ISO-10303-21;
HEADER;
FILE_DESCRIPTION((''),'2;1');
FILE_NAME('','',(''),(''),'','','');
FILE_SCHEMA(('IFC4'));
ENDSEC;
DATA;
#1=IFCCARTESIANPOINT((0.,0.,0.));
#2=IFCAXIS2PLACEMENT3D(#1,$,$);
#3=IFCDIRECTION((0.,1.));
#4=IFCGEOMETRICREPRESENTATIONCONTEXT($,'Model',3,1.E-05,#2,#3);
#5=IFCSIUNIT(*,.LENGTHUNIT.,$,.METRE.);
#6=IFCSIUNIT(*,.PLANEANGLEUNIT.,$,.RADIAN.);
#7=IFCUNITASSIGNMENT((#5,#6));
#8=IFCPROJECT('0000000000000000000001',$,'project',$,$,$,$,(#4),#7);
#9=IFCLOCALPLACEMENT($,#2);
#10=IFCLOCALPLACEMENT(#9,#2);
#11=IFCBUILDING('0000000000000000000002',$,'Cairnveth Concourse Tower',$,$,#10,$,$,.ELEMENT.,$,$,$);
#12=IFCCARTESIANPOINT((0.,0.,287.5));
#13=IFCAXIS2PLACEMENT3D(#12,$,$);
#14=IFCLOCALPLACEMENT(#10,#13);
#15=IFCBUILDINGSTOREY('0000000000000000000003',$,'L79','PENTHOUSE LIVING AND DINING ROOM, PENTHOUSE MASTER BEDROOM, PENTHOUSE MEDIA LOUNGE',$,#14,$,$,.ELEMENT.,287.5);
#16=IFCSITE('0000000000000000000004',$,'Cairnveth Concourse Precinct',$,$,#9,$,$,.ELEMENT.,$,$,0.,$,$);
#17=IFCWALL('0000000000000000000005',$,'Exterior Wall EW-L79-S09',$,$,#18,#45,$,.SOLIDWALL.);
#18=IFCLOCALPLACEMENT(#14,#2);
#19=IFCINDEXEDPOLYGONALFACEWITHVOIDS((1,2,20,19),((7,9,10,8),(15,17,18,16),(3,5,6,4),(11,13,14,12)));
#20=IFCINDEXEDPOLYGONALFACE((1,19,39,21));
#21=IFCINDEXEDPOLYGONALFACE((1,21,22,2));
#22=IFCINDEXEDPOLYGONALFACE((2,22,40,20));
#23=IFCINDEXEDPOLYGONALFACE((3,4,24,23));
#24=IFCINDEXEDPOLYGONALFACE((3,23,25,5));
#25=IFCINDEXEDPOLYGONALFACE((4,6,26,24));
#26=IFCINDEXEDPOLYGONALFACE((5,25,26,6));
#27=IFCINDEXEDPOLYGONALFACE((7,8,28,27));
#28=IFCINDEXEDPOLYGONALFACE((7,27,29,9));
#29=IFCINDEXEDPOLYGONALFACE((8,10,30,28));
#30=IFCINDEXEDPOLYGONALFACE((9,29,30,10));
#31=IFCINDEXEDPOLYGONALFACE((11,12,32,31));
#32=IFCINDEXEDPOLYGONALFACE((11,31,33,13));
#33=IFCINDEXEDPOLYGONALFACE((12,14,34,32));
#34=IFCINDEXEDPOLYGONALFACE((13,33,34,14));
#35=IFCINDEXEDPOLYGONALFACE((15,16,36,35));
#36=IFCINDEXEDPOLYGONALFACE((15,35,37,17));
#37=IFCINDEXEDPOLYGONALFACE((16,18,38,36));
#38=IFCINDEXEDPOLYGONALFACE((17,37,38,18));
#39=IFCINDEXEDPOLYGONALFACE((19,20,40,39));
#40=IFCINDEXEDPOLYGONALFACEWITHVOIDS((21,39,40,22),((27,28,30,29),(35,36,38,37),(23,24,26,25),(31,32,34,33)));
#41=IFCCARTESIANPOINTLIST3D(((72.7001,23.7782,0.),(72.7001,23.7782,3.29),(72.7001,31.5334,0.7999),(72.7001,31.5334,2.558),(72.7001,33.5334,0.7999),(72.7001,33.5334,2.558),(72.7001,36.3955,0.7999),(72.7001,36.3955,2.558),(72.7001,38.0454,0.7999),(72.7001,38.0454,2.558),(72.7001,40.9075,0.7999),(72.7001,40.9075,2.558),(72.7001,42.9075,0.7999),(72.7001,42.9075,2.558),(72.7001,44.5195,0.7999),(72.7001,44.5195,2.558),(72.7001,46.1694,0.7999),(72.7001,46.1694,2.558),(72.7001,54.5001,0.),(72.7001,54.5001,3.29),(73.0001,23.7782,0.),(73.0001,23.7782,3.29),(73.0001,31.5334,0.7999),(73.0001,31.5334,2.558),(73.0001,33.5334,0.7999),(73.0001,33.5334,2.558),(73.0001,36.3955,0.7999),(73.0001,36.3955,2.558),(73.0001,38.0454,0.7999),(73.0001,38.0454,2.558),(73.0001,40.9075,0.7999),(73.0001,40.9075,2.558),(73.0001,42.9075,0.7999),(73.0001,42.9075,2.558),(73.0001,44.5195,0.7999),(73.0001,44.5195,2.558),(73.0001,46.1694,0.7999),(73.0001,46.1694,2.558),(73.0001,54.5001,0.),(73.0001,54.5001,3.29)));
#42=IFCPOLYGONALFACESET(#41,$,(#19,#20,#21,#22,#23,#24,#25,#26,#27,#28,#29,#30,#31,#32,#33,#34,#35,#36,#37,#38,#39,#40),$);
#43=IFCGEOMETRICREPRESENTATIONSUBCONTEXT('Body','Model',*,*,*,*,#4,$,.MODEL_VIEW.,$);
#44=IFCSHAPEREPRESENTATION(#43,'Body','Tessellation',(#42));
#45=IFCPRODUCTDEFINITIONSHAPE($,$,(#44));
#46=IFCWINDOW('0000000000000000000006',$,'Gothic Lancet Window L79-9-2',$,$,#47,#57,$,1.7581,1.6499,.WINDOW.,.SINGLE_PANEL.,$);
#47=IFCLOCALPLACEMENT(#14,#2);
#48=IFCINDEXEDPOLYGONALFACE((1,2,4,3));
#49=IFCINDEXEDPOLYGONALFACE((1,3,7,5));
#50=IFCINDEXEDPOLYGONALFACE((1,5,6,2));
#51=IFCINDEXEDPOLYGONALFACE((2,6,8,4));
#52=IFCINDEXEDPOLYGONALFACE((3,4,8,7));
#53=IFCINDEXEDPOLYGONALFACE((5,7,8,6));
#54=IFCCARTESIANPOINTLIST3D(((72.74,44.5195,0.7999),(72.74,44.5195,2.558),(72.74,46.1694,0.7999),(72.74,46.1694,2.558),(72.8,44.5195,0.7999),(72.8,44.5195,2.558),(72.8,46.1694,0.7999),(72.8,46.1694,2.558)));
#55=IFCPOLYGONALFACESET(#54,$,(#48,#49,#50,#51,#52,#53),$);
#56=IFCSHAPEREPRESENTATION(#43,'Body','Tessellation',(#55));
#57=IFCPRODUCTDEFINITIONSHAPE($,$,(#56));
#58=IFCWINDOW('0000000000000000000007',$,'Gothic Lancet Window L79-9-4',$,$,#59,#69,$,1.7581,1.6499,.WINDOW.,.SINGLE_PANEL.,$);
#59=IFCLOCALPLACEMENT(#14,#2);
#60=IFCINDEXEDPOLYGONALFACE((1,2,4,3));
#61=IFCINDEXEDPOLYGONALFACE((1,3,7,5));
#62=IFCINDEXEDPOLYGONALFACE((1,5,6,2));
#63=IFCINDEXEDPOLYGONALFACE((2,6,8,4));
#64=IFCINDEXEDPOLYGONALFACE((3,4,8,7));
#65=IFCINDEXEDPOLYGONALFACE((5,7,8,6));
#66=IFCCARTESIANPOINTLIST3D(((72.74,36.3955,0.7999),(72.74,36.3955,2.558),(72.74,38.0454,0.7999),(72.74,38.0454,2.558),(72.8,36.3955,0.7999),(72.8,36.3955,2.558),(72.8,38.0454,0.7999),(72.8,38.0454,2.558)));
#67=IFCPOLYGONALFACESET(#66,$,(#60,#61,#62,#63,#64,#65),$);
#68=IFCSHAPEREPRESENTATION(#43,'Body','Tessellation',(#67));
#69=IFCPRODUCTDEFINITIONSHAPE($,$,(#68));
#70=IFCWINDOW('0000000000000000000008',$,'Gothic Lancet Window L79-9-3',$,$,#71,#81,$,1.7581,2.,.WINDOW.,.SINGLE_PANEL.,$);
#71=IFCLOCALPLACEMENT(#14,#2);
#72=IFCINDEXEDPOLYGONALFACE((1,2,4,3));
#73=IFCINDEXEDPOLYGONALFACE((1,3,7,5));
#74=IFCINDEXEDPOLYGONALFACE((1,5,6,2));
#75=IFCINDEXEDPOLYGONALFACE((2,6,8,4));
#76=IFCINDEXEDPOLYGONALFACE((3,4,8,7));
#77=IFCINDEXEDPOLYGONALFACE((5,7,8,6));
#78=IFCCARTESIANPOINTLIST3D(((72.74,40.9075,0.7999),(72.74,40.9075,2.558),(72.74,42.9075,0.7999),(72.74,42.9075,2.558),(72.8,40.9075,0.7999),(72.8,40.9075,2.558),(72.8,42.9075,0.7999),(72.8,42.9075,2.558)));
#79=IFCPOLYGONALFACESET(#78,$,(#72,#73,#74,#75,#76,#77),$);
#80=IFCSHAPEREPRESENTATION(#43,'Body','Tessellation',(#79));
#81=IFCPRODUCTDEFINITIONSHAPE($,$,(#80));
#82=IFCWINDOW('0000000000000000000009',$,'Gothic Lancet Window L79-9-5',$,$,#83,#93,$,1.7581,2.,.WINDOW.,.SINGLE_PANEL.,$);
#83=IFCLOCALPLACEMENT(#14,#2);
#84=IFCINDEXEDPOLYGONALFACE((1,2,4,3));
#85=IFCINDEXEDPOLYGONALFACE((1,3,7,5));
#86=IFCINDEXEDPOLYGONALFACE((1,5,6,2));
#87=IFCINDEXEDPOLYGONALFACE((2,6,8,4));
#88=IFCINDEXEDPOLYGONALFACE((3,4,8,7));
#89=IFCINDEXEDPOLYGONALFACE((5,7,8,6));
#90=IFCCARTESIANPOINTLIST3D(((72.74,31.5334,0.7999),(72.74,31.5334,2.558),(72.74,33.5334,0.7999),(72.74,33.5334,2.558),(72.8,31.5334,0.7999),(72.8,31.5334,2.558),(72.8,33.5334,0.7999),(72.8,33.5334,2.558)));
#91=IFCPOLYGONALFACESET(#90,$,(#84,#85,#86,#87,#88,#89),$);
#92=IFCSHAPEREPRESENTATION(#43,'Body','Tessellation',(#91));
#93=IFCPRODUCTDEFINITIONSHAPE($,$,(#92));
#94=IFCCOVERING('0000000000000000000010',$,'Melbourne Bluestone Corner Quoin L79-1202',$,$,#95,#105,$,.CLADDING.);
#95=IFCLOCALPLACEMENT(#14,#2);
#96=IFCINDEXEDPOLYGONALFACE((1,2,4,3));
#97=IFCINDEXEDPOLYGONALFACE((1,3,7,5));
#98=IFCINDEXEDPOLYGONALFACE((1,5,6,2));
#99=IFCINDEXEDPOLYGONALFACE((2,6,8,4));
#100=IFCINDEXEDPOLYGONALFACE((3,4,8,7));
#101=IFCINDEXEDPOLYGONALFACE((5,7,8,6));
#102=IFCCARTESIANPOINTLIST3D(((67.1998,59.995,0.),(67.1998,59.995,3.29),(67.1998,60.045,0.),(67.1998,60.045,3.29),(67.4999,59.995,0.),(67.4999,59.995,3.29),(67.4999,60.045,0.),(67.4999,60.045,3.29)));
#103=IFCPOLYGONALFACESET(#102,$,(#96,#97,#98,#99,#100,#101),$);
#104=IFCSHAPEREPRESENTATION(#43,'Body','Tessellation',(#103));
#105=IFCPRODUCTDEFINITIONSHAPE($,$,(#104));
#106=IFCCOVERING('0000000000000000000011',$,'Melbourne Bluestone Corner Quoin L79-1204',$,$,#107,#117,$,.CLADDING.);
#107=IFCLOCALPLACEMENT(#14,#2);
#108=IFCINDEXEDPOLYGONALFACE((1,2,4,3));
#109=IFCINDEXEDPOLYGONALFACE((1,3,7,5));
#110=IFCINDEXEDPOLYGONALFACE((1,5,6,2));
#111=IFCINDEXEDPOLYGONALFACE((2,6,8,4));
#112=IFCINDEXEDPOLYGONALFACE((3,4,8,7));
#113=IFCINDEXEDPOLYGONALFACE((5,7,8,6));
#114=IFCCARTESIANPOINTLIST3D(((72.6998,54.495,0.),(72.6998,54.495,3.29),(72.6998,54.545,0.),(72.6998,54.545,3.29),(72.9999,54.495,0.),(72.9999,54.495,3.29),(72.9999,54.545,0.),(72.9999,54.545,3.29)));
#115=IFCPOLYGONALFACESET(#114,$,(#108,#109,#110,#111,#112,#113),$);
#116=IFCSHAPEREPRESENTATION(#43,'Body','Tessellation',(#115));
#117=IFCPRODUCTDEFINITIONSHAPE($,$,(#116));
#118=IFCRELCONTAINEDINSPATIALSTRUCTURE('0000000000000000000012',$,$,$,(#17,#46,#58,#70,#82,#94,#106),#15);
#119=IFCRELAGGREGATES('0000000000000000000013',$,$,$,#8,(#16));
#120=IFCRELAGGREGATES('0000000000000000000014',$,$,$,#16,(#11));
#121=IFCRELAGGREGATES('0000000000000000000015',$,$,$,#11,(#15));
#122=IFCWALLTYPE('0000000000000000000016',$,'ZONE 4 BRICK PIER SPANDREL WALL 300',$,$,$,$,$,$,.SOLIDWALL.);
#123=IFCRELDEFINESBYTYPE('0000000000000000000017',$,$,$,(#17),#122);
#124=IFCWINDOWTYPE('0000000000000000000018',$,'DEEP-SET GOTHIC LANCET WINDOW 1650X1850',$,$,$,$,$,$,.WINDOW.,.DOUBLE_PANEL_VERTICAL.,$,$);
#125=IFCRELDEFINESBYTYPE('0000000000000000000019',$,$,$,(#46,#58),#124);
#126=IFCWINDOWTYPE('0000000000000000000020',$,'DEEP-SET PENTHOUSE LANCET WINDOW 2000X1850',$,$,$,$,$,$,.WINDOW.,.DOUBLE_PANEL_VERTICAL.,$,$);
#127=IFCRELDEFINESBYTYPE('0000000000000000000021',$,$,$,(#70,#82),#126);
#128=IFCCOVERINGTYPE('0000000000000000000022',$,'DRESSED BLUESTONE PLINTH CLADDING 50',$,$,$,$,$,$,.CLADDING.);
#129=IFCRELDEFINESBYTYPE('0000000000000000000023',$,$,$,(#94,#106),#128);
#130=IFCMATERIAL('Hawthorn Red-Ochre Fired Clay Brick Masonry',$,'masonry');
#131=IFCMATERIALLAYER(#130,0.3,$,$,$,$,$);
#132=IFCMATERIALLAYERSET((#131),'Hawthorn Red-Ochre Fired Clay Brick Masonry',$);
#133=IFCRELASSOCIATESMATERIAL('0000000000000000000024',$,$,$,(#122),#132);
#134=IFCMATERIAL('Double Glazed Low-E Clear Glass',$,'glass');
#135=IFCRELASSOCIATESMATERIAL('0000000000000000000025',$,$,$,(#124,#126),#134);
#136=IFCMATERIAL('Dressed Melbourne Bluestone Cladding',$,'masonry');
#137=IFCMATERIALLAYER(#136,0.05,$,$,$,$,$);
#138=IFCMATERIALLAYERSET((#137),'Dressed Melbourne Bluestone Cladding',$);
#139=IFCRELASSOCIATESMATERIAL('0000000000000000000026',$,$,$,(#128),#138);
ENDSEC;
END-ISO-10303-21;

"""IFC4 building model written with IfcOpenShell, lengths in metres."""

from ifc_helpers import new_model, si_unit, direction, frame, frame_2d, origin, place, context, subcontext, project, spatial, rectangle, extrude, material, layer, layer_set, type_object, element, fill, save


model = new_model("IFC4")

# Units and contexts
model_context = context("Model", 3, precision=1e-05, world=origin(), true_north=direction((0.0, 1.0)))
body_context = subcontext(model_context, "Body", "Model", "MODEL_VIEW")
ifc_project = project(units=[si_unit("LENGTHUNIT", "METRE"), si_unit("PLANEANGLEUNIT", "RADIAN")], contexts=[model_context])

# Site, building, storey
site_placement = place(None, origin())
site = spatial("IfcSite", under=ifc_project, at=site_placement, Name="Cairnveth Concourse Precinct", CompositionType="ELEMENT", RefElevation=0.0)
building_placement = place(site_placement, origin())
building = spatial("IfcBuilding", under=site, at=building_placement, Name="Cairnveth Concourse Tower", CompositionType="ELEMENT")
storey_placement = place(building_placement, frame((0.0, 0.0, 287.5)))
storey = spatial("IfcBuildingStorey", under=building, at=storey_placement, Name="L79", Description="PENTHOUSE LIVING AND DINING ROOM, PENTHOUSE MASTER BEDROOM, PENTHOUSE MEDIA LOUNGE", CompositionType="ELEMENT", Elevation=287.5)

# Shared definitions
ifc_material_1 = material(Name="Hawthorn Red-Ochre Fired Clay Brick Masonry", Category="masonry")
ifc_layer_1 = layer(ifc_material_1, 0.3)
ifc_layer_set_1 = layer_set([ifc_layer_1], Name="Hawthorn Red-Ochre Fired Clay Brick Masonry")
wall_type = type_object("IfcWallType", Name="ZONE 4 BRICK PIER SPANDREL WALL 300", PredefinedType="SOLIDWALL", material=ifc_layer_set_1)
ifc_material_2 = material(Name="Double Glazed Low-E Clear Glass", Category="glass")

# Wall, openings, windows
wall_1_placement = place(storey_placement, frame((72.8501, 54.5, 0.0), z_axis=(0.0, 0.0, 1.0), x_axis=(0.0, -1.0, 0.0)))
wall_1 = element("IfcWall", 1, at=wall_1_placement, inside=storey, type_object=wall_type, Name="Exterior Wall EW-L79-S09", PredefinedType="SOLIDWALL", context=body_context, shape_type="SweptSolid", body=[
    extrude(rectangle(XDim=30.7219, YDim=0.3, at=frame_2d((15.3608, 0.0))), origin(), (0.0, 0.0, 1.0), 3.29),
])
opening_1_placement = place(wall_1_placement, frame((8.3306, 0.0, 0.8)))
opening_1 = element("IfcOpeningElement", 2, at=opening_1_placement, cuts=wall_1, PredefinedType="OPENING", context=body_context, shape_type="SweptSolid", body=[
    extrude(rectangle(XDim=1.6499, YDim=1.7581, at=frame_2d((0.825, 0.8789))), frame((0.0, 0.1599, 0.0), z_axis=(0.0, -1.0, 0.0), x_axis=(1.0, 0.0, 0.0)), (0.0, 0.0, 1.0), 0.3201),
])
opening_2_placement = place(wall_1_placement, frame((11.5925, 0.0, 0.8)))
opening_2 = element("IfcOpeningElement", 3, at=opening_2_placement, cuts=wall_1, PredefinedType="OPENING", context=body_context, shape_type="SweptSolid", body=[
    extrude(rectangle(XDim=2.0, YDim=1.7581, at=frame_2d((1.0, 0.8789))), frame((0.0, 0.1599, 0.0), z_axis=(0.0, -1.0, 0.0), x_axis=(1.0, 0.0, 0.0)), (0.0, 0.0, 1.0), 0.3201),
])
opening_3_placement = place(wall_1_placement, frame((16.4546, 0.0, 0.8)))
opening_3 = element("IfcOpeningElement", 4, at=opening_3_placement, cuts=wall_1, PredefinedType="OPENING", context=body_context, shape_type="SweptSolid", body=[
    extrude(rectangle(XDim=1.6499, YDim=1.7581, at=frame_2d((0.825, 0.8789))), frame((0.0, 0.1599, 0.0), z_axis=(0.0, -1.0, 0.0), x_axis=(1.0, 0.0, 0.0)), (0.0, 0.0, 1.0), 0.3201),
])
opening_4_placement = place(wall_1_placement, frame((20.9666, 0.0, 0.8)))
opening_4 = element("IfcOpeningElement", 5, at=opening_4_placement, cuts=wall_1, PredefinedType="OPENING", context=body_context, shape_type="SweptSolid", body=[
    extrude(rectangle(XDim=2.0, YDim=1.7581, at=frame_2d((1.0, 0.8789))), frame((0.0, 0.1599, 0.0), z_axis=(0.0, -1.0, 0.0), x_axis=(1.0, 0.0, 0.0)), (0.0, 0.0, 1.0), 0.3201),
])
window_type_1 = type_object("IfcWindowType", Name="DEEP-SET GOTHIC LANCET WINDOW 1650X1850", PartitioningType="DOUBLE_PANEL_VERTICAL", PredefinedType="WINDOW", material=ifc_material_2)
window_1_placement = place(opening_1_placement, origin())
window_1 = element("IfcWindow", 6, at=window_1_placement, inside=storey, type_object=window_type_1, Name="Gothic Lancet Window L79-9-2", OverallHeight=1.7581, OverallWidth=1.6499, PartitioningType="SINGLE_PANEL", PredefinedType="WINDOW", context=body_context, shape_type="SweptSolid", body=[
    extrude(rectangle(XDim=1.6499, YDim=1.7581, at=frame_2d((0.825, 0.8789))), frame((0.0, -0.05, 0.0), z_axis=(0.0, -1.0, 0.0), x_axis=(1.0, 0.0, 0.0)), (0.0, 0.0, 1.0), 0.0601),
])
fill(opening_1, window_1)
window_2_placement = place(opening_3_placement, origin())
window_2 = element("IfcWindow", 7, at=window_2_placement, inside=storey, type_object=window_type_1, Name="Gothic Lancet Window L79-9-4", OverallHeight=1.7581, OverallWidth=1.6499, PartitioningType="SINGLE_PANEL", PredefinedType="WINDOW", context=body_context, shape_type="SweptSolid", body=[
    extrude(rectangle(XDim=1.6499, YDim=1.7581, at=frame_2d((0.825, 0.8789))), frame((0.0, -0.05, 0.0), z_axis=(0.0, -1.0, 0.0), x_axis=(1.0, 0.0, 0.0)), (0.0, 0.0, 1.0), 0.0601),
])
fill(opening_3, window_2)
window_type_2 = type_object("IfcWindowType", Name="DEEP-SET PENTHOUSE LANCET WINDOW 2000X1850", PartitioningType="DOUBLE_PANEL_VERTICAL", PredefinedType="WINDOW", material=ifc_material_2)
window_3_placement = place(opening_2_placement, origin())
window_3 = element("IfcWindow", 8, at=window_3_placement, inside=storey, type_object=window_type_2, Name="Gothic Lancet Window L79-9-3", OverallHeight=1.7581, OverallWidth=2.0, PartitioningType="SINGLE_PANEL", PredefinedType="WINDOW", context=body_context, shape_type="SweptSolid", body=[
    extrude(rectangle(XDim=2.0, YDim=1.7581, at=frame_2d((1.0, 0.8789))), frame((0.0, -0.05, 0.0), z_axis=(0.0, -1.0, 0.0), x_axis=(1.0, 0.0, 0.0)), (0.0, 0.0, 1.0), 0.0601),
])
fill(opening_2, window_3)
window_4_placement = place(opening_4_placement, origin())
window_4 = element("IfcWindow", 9, at=window_4_placement, inside=storey, type_object=window_type_2, Name="Gothic Lancet Window L79-9-5", OverallHeight=1.7581, OverallWidth=2.0, PartitioningType="SINGLE_PANEL", PredefinedType="WINDOW", context=body_context, shape_type="SweptSolid", body=[
    extrude(rectangle(XDim=2.0, YDim=1.7581, at=frame_2d((1.0, 0.8789))), frame((0.0, -0.05, 0.0), z_axis=(0.0, -1.0, 0.0), x_axis=(1.0, 0.0, 0.0)), (0.0, 0.0, 1.0), 0.0601),
])
fill(opening_4, window_4)

# Coverings
ifc_material_3 = material(Name="Dressed Melbourne Bluestone Cladding", Category="masonry")
ifc_layer_2 = layer(ifc_material_3, 0.05)
ifc_layer_set_2 = layer_set([ifc_layer_2], Name="Dressed Melbourne Bluestone Cladding")
covering_type = type_object("IfcCoveringType", Name="DRESSED BLUESTONE PLINTH CLADDING 50", PredefinedType="CLADDING", material=ifc_layer_set_2)
for number, where, z_axis, x_axis, name in (
    (10, (67.2, 60.02, 0.0), (0.0, 0.0, 1.0), (1.0, 0.0, 0.0), "Melbourne Bluestone Corner Quoin L79-1202"),
    (11, (72.7, 54.52, 0.0), (0.0, 0.0, 1.0), (1.0, 0.0, 0.0), "Melbourne Bluestone Corner Quoin L79-1204"),
):
    element("IfcCovering", number, at=place(storey_placement, frame(where, z_axis=z_axis, x_axis=x_axis)), inside=storey, type_object=covering_type, Name=name, PredefinedType="CLADDING", context=body_context, shape_type="SweptSolid", body=[
        extrude(rectangle(XDim=0.3, YDim=0.05, at=frame_2d((0.1499, 0.0))), origin(), (0.0, 0.0, 1.0), 3.29),
    ])

save(model, "model.ifc")
